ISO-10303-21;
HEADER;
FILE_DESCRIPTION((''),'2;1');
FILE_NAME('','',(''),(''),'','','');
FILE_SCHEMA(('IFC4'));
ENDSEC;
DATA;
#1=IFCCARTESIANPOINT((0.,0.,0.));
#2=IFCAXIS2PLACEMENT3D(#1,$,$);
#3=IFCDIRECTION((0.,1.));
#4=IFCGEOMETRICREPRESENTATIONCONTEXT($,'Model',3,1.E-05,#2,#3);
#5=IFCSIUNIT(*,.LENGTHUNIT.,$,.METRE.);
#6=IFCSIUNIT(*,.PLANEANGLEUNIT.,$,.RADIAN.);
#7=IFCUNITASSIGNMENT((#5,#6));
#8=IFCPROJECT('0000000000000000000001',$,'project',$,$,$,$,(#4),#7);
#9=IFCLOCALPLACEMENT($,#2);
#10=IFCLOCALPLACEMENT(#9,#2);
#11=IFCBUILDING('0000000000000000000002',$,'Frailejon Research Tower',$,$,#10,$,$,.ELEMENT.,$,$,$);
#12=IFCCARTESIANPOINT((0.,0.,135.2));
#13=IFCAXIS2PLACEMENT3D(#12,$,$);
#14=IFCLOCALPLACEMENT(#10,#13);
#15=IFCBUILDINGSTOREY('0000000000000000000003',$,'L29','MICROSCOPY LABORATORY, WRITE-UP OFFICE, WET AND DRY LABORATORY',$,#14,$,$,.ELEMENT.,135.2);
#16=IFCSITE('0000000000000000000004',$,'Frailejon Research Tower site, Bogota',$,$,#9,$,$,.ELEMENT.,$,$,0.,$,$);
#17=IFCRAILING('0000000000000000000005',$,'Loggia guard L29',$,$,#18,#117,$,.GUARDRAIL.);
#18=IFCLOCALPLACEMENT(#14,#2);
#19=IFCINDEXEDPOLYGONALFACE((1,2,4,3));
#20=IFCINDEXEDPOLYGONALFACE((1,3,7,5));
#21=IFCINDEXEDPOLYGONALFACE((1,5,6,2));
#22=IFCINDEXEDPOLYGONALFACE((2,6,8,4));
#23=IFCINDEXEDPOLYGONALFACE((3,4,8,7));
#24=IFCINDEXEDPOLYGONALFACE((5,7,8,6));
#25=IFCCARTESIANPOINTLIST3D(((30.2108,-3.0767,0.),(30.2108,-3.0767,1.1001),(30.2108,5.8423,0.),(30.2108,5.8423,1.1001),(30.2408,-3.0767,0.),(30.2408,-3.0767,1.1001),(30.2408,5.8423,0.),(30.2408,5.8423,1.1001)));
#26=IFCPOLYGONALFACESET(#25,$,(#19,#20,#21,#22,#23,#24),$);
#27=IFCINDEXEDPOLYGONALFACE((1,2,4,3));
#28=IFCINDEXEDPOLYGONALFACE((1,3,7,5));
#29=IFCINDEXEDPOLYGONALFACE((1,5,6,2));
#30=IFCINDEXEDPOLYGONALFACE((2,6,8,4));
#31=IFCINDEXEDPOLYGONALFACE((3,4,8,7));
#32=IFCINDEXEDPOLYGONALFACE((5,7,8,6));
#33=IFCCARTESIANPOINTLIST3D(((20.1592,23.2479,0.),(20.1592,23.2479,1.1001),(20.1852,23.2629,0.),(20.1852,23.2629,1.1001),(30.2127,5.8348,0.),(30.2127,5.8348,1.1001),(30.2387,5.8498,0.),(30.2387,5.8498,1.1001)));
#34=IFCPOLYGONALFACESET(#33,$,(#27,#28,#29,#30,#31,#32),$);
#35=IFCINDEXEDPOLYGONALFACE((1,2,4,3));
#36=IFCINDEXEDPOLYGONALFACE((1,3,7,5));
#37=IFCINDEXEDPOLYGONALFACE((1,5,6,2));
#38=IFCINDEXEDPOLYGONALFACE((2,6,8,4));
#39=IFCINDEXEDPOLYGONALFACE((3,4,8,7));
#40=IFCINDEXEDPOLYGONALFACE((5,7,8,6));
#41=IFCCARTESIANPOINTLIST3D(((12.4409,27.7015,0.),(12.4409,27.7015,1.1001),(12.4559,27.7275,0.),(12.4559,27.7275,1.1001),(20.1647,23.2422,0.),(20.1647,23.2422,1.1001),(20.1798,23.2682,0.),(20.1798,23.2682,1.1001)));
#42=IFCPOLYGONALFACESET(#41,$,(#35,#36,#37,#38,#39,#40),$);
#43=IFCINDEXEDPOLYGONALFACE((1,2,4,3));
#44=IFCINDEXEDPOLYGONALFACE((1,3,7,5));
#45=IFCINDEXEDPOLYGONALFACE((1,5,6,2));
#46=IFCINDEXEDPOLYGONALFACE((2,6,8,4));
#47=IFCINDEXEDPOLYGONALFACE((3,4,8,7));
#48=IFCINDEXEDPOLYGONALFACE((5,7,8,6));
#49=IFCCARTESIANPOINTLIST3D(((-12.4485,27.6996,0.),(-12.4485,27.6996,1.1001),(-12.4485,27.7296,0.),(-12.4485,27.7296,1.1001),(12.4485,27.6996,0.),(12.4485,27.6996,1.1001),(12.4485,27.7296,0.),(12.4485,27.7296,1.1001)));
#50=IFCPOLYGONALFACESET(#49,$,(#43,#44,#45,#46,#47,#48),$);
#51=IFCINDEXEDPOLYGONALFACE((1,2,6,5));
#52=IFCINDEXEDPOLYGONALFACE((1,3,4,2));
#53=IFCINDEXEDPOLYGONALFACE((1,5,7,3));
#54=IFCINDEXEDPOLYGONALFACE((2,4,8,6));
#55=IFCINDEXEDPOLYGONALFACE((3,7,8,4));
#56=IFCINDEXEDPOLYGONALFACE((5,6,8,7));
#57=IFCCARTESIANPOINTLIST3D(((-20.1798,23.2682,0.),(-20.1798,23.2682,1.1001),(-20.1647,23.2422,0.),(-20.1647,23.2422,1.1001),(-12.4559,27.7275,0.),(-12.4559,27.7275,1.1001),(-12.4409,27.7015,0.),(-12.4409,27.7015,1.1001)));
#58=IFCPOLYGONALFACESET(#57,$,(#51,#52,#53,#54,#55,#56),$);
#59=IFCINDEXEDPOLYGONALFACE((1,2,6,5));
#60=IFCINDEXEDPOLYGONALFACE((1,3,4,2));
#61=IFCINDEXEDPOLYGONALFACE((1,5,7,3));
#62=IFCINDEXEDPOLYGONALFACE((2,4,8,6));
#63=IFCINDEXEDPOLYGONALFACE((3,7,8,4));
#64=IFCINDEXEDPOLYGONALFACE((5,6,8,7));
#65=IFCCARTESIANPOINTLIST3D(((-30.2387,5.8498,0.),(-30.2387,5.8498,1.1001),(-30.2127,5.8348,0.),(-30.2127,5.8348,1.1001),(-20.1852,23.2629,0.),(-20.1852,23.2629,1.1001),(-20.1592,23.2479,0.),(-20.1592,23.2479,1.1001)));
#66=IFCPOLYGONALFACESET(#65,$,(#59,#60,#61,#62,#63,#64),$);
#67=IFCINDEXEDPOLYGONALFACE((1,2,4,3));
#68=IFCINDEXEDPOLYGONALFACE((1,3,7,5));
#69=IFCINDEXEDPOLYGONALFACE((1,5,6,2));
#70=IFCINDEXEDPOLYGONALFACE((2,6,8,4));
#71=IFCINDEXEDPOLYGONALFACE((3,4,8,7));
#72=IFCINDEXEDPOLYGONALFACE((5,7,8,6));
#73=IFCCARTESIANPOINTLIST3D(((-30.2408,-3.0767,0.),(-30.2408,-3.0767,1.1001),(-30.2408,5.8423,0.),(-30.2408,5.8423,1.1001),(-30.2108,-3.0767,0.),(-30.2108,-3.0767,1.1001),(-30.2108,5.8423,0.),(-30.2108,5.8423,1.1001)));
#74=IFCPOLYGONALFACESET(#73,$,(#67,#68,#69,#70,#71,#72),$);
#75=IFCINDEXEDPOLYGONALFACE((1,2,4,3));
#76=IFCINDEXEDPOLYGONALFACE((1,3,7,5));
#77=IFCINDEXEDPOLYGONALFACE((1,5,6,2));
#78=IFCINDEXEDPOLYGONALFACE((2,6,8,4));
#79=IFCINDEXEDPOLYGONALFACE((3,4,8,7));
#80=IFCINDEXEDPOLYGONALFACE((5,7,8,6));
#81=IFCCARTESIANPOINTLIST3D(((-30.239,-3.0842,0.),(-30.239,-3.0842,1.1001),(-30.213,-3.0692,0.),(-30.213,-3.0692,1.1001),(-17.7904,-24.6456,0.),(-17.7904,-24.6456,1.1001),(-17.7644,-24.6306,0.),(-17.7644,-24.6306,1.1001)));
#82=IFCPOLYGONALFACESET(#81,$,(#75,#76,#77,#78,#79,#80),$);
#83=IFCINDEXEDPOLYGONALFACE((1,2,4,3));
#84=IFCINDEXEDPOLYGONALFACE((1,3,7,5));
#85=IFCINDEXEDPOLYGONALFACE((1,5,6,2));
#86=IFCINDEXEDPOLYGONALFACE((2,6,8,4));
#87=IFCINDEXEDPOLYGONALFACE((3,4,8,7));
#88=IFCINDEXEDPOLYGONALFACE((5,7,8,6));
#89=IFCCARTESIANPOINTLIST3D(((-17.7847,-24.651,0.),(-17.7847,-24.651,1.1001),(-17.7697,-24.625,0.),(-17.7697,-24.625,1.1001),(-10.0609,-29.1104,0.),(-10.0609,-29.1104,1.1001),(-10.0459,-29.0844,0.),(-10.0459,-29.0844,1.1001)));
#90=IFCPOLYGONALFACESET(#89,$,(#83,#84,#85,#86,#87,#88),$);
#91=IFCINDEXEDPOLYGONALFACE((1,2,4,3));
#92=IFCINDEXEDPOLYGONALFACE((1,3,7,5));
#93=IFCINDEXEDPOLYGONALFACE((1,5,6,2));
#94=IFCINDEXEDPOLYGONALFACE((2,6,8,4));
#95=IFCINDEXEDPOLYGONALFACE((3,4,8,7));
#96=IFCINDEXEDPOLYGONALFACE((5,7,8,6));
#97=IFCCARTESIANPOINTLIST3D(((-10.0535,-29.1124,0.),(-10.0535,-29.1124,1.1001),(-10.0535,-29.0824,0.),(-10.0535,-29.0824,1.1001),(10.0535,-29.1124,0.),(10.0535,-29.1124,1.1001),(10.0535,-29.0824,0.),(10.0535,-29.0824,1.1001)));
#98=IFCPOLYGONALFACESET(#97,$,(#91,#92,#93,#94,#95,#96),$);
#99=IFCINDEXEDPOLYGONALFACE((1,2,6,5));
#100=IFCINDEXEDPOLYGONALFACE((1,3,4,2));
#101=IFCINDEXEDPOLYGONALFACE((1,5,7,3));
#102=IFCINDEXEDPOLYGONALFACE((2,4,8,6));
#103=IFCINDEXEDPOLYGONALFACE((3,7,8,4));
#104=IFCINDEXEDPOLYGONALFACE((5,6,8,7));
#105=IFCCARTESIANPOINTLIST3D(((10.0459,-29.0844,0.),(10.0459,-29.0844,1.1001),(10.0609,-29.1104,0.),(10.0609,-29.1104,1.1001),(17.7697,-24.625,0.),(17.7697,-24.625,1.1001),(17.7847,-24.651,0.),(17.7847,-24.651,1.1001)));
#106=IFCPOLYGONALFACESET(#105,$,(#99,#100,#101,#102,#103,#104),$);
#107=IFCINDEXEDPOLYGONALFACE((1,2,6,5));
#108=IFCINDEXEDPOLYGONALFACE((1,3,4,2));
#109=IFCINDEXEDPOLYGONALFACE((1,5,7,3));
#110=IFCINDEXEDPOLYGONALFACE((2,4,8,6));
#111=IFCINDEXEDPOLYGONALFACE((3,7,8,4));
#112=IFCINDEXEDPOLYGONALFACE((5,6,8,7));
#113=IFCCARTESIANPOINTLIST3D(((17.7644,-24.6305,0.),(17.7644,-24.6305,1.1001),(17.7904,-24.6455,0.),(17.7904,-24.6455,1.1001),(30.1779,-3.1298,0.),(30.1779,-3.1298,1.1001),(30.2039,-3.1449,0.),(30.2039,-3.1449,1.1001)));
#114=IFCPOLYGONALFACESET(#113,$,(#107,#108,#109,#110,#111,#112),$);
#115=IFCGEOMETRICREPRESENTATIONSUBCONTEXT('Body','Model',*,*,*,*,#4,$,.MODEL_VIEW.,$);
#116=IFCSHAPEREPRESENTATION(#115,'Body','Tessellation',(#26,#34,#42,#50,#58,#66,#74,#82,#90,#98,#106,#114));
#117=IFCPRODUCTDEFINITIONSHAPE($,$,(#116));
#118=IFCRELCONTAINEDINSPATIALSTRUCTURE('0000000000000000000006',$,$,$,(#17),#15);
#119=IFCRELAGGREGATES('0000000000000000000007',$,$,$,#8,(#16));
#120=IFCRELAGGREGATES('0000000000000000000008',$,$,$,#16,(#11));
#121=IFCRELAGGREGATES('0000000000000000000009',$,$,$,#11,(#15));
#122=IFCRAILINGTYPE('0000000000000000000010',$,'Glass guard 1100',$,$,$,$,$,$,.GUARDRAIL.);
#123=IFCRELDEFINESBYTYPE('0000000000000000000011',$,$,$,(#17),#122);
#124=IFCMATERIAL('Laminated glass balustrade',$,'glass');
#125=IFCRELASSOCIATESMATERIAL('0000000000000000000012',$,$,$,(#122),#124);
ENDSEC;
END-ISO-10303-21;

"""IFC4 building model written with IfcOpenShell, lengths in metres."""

from ifc_helpers import new_model, si_unit, direction, frame, origin, origin_2d, place, context, subcontext, project, spatial, rectangle, extrude, material, type_object, element, save


model = new_model("IFC4")

# Units and contexts
model_context = context("Model", 3, precision=1e-05, world=origin(), true_north=direction((0.0, 1.0)))
body_context = subcontext(model_context, "Body", "Model", "MODEL_VIEW")
ifc_project = project(units=[si_unit("LENGTHUNIT", "METRE"), si_unit("PLANEANGLEUNIT", "RADIAN")], contexts=[model_context])

# Site, building, storey
site_placement = place(None, origin())
site = spatial("IfcSite", under=ifc_project, at=site_placement, Name="Frailejon Research Tower site, Bogota", CompositionType="ELEMENT", RefElevation=0.0)
building_placement = place(site_placement, origin())
building = spatial("IfcBuilding", under=site, at=building_placement, Name="Frailejon Research Tower", CompositionType="ELEMENT")
storey_placement = place(building_placement, frame((0.0, 0.0, 135.2)))
storey = spatial("IfcBuildingStorey", under=building, at=storey_placement, Name="L29", Description="MICROSCOPY LABORATORY, WRITE-UP OFFICE, WET AND DRY LABORATORY", CompositionType="ELEMENT", Elevation=135.2)

# Railing
ifc_material_1 = material(Name="Laminated glass balustrade", Category="glass")
railing_type = type_object("IfcRailingType", Name="Glass guard 1100", PredefinedType="GUARDRAIL", material=ifc_material_1)
railing_placement = place(storey_placement, frame((30.2258, -3.0767, 0.0)))
element("IfcRailing", 1, at=railing_placement, inside=storey, type_object=railing_type, Name="Loggia guard L29", PredefinedType="GUARDRAIL", context=body_context, shape_type="SweptSolid", body=[
    extrude(rectangle(XDim=8.9189, YDim=0.03, at=origin_2d()), frame((0.0, 4.4595, 0.0), z_axis=(0.0, 0.0, 1.0), x_axis=(0.0, 1.0, 0.0)), (0.0, 0.0, 1.0), 1.1001),
    extrude(rectangle(XDim=20.1069, YDim=0.03, at=origin_2d()), frame((-5.0269, 17.6255, 0.0), z_axis=(0.0, 0.0, 1.0), x_axis=(-0.500001, 0.866025, 0.0)), (0.0, 0.0, 1.0), 1.1001),
    extrude(rectangle(XDim=8.9187, YDim=0.03, at=origin_2d()), frame((-13.9155, 28.5615, 0.0), z_axis=(0.0, 0.0, 1.0), x_axis=(-0.866033, 0.499987, 0.0)), (0.0, 0.0, 1.0), 1.1001),
    extrude(rectangle(XDim=24.897, YDim=0.03, at=origin_2d()), frame((-30.2258, 30.7913, 0.0), z_axis=(0.0, 0.0, 1.0), x_axis=(-1.0, 0.0, 0.0)), (0.0, 0.0, 1.0), 1.1001),
    extrude(rectangle(XDim=8.9187, YDim=0.03, at=origin_2d()), frame((-46.5361, 28.5615, 0.0), z_axis=(0.0, 0.0, 1.0), x_axis=(-0.866033, -0.499987, 0.0)), (0.0, 0.0, 1.0), 1.1001),
    extrude(rectangle(XDim=20.1069, YDim=0.03, at=origin_2d()), frame((-55.4248, 17.6255, 0.0), z_axis=(0.0, 0.0, 1.0), x_axis=(-0.500001, -0.866025, 0.0)), (0.0, 0.0, 1.0), 1.1001),
    extrude(rectangle(XDim=8.9189, YDim=0.03, at=origin_2d()), frame((-60.4517, 4.4595, 0.0), z_axis=(0.0, 0.0, 1.0), x_axis=(0.0, -1.0, 0.0)), (0.0, 0.0, 1.0), 1.1001),
    extrude(rectangle(XDim=24.897, YDim=0.03, at=origin_2d()), frame((-54.2275, -10.7808, 0.0), z_axis=(0.0, 0.0, 1.0), x_axis=(0.500002, -0.866024, 0.0)), (0.0, 0.0, 1.0), 1.1001),
    extrude(rectangle(XDim=8.9187, YDim=0.03, at=origin_2d()), frame((-44.1411, -23.791, 0.0), z_axis=(0.0, 0.0, 1.0), x_axis=(0.866021, -0.500008, 0.0)), (0.0, 0.0, 1.0), 1.1001),
    extrude(rectangle(XDim=20.1069, YDim=0.03, at=origin_2d()), frame((-30.2258, -26.0208, 0.0), z_axis=(0.0, 0.0, 1.0), x_axis=(1.0, 0.0, 0.0)), (0.0, 0.0, 1.0), 1.1001),
    extrude(rectangle(XDim=8.9187, YDim=0.03, at=origin_2d()), frame((-16.3105, -23.791, 0.0), z_axis=(0.0, 0.0, 1.0), x_axis=(0.866021, 0.500008, 0.0)), (0.0, 0.0, 1.0), 1.1001),
    extrude(rectangle(XDim=24.8269, YDim=0.03, at=origin_2d()), frame((-6.2417, -10.811, 0.0), z_axis=(0.0, 0.0, 1.0), x_axis=(0.500004, 0.866023, 0.0)), (0.0, 0.0, 1.0), 1.1001),
])

save(model, "model.ifc")
